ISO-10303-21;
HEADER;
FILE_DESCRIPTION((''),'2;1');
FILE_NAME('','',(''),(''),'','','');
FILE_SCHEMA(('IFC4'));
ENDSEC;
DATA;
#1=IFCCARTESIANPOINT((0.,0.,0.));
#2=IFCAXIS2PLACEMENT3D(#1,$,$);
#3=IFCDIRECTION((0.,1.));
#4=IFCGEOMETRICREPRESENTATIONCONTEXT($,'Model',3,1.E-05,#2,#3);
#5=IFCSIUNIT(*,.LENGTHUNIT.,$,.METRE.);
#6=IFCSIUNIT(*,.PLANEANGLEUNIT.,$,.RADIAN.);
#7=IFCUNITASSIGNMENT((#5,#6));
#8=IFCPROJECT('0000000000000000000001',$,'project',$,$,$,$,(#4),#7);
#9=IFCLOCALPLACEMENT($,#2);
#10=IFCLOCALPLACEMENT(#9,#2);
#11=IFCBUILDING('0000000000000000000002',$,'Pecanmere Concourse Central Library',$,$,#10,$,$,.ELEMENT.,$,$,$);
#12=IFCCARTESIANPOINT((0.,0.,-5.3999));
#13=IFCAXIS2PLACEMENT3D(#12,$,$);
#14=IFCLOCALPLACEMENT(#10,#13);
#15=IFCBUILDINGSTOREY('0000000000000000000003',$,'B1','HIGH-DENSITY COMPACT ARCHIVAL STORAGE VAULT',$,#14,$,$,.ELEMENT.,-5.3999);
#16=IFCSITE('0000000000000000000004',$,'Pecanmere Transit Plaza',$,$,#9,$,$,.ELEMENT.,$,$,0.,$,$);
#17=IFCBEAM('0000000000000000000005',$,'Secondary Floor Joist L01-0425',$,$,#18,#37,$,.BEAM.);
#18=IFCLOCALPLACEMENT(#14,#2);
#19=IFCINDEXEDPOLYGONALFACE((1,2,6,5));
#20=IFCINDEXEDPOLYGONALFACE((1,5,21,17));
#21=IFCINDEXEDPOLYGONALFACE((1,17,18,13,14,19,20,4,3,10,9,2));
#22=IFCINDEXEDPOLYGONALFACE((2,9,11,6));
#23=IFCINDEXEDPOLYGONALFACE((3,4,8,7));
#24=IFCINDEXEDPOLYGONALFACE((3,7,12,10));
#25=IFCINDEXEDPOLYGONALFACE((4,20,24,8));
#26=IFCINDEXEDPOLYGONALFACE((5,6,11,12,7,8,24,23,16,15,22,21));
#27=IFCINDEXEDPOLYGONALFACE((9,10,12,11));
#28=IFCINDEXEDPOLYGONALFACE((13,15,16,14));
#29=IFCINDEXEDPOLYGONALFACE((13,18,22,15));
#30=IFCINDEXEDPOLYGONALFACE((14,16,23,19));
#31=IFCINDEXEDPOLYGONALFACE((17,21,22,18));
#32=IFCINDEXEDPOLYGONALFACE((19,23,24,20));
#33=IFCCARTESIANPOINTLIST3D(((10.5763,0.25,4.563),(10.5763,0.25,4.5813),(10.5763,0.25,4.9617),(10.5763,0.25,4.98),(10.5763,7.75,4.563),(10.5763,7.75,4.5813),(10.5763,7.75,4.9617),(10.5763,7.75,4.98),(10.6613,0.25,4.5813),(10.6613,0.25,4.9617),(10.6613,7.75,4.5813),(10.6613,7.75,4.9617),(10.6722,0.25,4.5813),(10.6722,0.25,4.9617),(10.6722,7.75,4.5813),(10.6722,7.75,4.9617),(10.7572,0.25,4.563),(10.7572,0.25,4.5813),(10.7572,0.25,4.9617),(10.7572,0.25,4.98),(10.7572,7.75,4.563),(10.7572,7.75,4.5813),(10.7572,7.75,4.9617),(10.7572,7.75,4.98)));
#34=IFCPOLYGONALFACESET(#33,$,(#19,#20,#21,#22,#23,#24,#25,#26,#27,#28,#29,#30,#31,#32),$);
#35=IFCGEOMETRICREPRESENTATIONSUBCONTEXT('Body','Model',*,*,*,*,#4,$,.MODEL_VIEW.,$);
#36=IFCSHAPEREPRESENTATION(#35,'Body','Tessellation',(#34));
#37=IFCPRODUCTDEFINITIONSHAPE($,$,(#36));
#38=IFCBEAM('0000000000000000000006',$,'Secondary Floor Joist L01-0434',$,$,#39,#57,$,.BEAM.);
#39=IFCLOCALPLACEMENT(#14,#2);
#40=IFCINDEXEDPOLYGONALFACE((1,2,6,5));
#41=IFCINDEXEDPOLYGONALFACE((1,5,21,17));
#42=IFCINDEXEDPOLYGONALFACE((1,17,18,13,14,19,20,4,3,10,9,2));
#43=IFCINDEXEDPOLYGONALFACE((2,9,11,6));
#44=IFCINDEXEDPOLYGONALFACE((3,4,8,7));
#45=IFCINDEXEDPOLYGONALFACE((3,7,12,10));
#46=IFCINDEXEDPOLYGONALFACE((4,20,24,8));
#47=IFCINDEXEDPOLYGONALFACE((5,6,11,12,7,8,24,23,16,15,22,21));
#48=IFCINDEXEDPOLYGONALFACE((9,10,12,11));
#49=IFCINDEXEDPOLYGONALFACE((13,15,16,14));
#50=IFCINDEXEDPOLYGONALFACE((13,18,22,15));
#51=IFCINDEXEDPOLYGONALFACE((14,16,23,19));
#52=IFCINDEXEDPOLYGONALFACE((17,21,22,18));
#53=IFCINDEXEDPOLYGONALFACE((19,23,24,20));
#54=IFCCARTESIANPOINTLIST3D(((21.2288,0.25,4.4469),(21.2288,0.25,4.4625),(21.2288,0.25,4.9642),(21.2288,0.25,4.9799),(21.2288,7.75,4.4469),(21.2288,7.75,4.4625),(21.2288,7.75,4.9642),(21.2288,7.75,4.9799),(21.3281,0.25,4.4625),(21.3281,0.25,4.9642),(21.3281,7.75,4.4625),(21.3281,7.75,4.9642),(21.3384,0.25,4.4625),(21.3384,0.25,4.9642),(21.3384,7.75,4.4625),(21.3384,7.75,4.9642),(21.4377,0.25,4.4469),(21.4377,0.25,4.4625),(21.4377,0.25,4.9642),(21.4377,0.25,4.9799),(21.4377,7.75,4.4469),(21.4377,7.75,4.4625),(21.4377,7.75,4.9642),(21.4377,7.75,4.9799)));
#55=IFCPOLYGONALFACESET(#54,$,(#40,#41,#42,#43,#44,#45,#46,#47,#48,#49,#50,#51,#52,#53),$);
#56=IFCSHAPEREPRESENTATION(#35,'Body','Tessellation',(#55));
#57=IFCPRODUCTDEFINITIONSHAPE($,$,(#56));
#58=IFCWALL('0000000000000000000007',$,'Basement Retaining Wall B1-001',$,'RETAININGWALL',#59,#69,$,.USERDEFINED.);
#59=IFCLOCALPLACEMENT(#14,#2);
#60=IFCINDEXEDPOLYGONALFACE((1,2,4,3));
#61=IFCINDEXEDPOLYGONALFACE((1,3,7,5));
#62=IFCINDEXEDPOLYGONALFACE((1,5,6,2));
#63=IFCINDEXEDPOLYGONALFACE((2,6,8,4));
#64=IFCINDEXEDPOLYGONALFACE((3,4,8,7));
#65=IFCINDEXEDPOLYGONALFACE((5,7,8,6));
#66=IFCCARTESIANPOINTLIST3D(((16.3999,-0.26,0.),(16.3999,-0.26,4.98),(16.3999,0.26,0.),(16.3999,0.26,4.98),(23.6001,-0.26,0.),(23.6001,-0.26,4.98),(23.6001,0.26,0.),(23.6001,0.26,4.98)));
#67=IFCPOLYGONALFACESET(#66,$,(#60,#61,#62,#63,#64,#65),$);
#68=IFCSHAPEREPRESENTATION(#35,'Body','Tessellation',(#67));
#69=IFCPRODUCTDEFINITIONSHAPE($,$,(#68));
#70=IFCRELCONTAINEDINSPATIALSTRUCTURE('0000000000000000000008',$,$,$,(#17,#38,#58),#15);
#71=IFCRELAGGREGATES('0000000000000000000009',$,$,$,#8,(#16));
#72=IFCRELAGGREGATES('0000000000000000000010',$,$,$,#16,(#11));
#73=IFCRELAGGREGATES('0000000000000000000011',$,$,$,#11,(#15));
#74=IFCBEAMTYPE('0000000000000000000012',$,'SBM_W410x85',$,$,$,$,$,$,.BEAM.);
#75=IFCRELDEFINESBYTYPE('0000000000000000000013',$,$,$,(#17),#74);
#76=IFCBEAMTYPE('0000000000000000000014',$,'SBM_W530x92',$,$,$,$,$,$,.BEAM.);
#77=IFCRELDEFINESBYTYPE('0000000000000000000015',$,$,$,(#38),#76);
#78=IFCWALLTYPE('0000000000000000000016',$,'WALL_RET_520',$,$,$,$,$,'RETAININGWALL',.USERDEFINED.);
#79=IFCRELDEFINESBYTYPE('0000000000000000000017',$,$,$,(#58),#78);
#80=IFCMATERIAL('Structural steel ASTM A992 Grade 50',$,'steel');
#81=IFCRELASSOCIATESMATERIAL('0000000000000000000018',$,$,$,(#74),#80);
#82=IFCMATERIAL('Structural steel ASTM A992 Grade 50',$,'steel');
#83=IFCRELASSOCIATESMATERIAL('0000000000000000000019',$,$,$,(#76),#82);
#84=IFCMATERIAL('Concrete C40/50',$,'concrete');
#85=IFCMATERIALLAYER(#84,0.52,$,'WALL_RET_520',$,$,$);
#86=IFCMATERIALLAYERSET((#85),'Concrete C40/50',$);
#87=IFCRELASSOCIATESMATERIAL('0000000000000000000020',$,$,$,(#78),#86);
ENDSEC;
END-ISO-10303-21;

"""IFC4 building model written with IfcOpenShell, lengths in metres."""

from ifc_helpers import new_model, si_unit, direction, frame, frame_2d, origin, origin_2d, place, context, subcontext, project, spatial, rectangle, i_section, extrude, material, layer, layer_set, material_profile, profile_set, type_object, element, save


model = new_model("IFC4")

# Units and contexts
model_context = context("Model", 3, precision=1e-05, world=origin(), true_north=direction((0.0, 1.0)))
body_context = subcontext(model_context, "Body", "Model", "MODEL_VIEW")
ifc_project = project(units=[si_unit("LENGTHUNIT", "METRE"), si_unit("PLANEANGLEUNIT", "RADIAN")], contexts=[model_context])

# Site, building, storey
site_placement = place(None, origin())
site = spatial("IfcSite", under=ifc_project, at=site_placement, Name="Pecanmere Transit Plaza", CompositionType="ELEMENT", RefElevation=0.0)
building_placement = place(site_placement, origin())
building = spatial("IfcBuilding", under=site, at=building_placement, Name="Pecanmere Concourse Central Library", CompositionType="ELEMENT")
storey_placement = place(building_placement, frame((0.0, 0.0, -5.3999)))
storey = spatial("IfcBuildingStorey", under=building, at=storey_placement, Name="B1", Description="HIGH-DENSITY COMPACT ARCHIVAL STORAGE VAULT", CompositionType="ELEMENT", Elevation=-5.3999)

# Beams
ifc_material_1 = material(Name="Structural steel ASTM A992 Grade 50", Category="steel")
ifc_material_profile_1 = material_profile(ifc_material_1, i_section(OverallWidth=0.1809, OverallDepth=0.417, WebThickness=0.011, FlangeThickness=0.0183, at=origin_2d()), Name="W410x85")
ifc_profile_set_1 = profile_set([ifc_material_profile_1], Name="Structural steel ASTM A992 Grade 50")
beam_type_1 = type_object("IfcBeamType", Name="SBM_W410x85", PredefinedType="BEAM", material=ifc_profile_set_1)
beam_1_placement = place(storey_placement, frame((10.6667, 0.25, 4.7715), z_axis=(0.0, 1.0, 0.0), x_axis=(-1.0, 0.0, 0.0)))
element("IfcBeam", 1, at=beam_1_placement, inside=storey, type_object=beam_type_1, Name="Secondary Floor Joist L01-0425", PredefinedType="BEAM", context=body_context, shape_type="SweptSolid", body=[
    extrude(i_section(OverallWidth=0.1809, OverallDepth=0.417, WebThickness=0.011, FlangeThickness=0.0183, at=origin_2d()), origin(), (0.0, 0.0, 1.0), 7.5),
])
ifc_material_2 = material(Name="Structural steel ASTM A992 Grade 50", Category="steel")
ifc_material_profile_2 = material_profile(ifc_material_2, i_section(OverallWidth=0.209, OverallDepth=0.533, WebThickness=0.0103, FlangeThickness=0.0156, at=origin_2d()), Name="W530x92")
ifc_profile_set_2 = profile_set([ifc_material_profile_2], Name="Structural steel ASTM A992 Grade 50")
beam_type_2 = type_object("IfcBeamType", Name="SBM_W530x92", PredefinedType="BEAM", material=ifc_profile_set_2)
beam_2_placement = place(storey_placement, frame((21.3333, 0.25, 4.7134), z_axis=(0.0, 1.0, 0.0), x_axis=(-1.0, 0.0, 0.0)))
element("IfcBeam", 2, at=beam_2_placement, inside=storey, type_object=beam_type_2, Name="Secondary Floor Joist L01-0434", PredefinedType="BEAM", context=body_context, shape_type="SweptSolid", body=[
    extrude(i_section(OverallWidth=0.209, OverallDepth=0.533, WebThickness=0.0103, FlangeThickness=0.0156, at=origin_2d()), origin(), (0.0, 0.0, 1.0), 7.5),
])

# Wall
ifc_material_3 = material(Name="Concrete C40/50", Category="concrete")
ifc_layer = layer(ifc_material_3, 0.52, Name="WALL_RET_520")
ifc_layer_set = layer_set([ifc_layer], Name="Concrete C40/50")
wall_type = type_object("IfcWallType", Name="WALL_RET_520", ElementType="RETAININGWALL", PredefinedType="USERDEFINED", material=ifc_layer_set)
wall_placement = place(storey_placement, frame((16.3999, 0.0, 0.0), z_axis=(0.0, 0.0, 1.0), x_axis=(1.0, 0.0, 0.0)))
element("IfcWall", 3, at=wall_placement, inside=storey, type_object=wall_type, Name="Basement Retaining Wall B1-001", ObjectType="RETAININGWALL", PredefinedType="USERDEFINED", context=body_context, shape_type="SweptSolid", body=[
    extrude(rectangle(XDim=7.2002, YDim=0.52, at=frame_2d((3.6001, 0.0))), origin(), (0.0, 0.0, 1.0), 4.98),
])

save(model, "model.ifc")
